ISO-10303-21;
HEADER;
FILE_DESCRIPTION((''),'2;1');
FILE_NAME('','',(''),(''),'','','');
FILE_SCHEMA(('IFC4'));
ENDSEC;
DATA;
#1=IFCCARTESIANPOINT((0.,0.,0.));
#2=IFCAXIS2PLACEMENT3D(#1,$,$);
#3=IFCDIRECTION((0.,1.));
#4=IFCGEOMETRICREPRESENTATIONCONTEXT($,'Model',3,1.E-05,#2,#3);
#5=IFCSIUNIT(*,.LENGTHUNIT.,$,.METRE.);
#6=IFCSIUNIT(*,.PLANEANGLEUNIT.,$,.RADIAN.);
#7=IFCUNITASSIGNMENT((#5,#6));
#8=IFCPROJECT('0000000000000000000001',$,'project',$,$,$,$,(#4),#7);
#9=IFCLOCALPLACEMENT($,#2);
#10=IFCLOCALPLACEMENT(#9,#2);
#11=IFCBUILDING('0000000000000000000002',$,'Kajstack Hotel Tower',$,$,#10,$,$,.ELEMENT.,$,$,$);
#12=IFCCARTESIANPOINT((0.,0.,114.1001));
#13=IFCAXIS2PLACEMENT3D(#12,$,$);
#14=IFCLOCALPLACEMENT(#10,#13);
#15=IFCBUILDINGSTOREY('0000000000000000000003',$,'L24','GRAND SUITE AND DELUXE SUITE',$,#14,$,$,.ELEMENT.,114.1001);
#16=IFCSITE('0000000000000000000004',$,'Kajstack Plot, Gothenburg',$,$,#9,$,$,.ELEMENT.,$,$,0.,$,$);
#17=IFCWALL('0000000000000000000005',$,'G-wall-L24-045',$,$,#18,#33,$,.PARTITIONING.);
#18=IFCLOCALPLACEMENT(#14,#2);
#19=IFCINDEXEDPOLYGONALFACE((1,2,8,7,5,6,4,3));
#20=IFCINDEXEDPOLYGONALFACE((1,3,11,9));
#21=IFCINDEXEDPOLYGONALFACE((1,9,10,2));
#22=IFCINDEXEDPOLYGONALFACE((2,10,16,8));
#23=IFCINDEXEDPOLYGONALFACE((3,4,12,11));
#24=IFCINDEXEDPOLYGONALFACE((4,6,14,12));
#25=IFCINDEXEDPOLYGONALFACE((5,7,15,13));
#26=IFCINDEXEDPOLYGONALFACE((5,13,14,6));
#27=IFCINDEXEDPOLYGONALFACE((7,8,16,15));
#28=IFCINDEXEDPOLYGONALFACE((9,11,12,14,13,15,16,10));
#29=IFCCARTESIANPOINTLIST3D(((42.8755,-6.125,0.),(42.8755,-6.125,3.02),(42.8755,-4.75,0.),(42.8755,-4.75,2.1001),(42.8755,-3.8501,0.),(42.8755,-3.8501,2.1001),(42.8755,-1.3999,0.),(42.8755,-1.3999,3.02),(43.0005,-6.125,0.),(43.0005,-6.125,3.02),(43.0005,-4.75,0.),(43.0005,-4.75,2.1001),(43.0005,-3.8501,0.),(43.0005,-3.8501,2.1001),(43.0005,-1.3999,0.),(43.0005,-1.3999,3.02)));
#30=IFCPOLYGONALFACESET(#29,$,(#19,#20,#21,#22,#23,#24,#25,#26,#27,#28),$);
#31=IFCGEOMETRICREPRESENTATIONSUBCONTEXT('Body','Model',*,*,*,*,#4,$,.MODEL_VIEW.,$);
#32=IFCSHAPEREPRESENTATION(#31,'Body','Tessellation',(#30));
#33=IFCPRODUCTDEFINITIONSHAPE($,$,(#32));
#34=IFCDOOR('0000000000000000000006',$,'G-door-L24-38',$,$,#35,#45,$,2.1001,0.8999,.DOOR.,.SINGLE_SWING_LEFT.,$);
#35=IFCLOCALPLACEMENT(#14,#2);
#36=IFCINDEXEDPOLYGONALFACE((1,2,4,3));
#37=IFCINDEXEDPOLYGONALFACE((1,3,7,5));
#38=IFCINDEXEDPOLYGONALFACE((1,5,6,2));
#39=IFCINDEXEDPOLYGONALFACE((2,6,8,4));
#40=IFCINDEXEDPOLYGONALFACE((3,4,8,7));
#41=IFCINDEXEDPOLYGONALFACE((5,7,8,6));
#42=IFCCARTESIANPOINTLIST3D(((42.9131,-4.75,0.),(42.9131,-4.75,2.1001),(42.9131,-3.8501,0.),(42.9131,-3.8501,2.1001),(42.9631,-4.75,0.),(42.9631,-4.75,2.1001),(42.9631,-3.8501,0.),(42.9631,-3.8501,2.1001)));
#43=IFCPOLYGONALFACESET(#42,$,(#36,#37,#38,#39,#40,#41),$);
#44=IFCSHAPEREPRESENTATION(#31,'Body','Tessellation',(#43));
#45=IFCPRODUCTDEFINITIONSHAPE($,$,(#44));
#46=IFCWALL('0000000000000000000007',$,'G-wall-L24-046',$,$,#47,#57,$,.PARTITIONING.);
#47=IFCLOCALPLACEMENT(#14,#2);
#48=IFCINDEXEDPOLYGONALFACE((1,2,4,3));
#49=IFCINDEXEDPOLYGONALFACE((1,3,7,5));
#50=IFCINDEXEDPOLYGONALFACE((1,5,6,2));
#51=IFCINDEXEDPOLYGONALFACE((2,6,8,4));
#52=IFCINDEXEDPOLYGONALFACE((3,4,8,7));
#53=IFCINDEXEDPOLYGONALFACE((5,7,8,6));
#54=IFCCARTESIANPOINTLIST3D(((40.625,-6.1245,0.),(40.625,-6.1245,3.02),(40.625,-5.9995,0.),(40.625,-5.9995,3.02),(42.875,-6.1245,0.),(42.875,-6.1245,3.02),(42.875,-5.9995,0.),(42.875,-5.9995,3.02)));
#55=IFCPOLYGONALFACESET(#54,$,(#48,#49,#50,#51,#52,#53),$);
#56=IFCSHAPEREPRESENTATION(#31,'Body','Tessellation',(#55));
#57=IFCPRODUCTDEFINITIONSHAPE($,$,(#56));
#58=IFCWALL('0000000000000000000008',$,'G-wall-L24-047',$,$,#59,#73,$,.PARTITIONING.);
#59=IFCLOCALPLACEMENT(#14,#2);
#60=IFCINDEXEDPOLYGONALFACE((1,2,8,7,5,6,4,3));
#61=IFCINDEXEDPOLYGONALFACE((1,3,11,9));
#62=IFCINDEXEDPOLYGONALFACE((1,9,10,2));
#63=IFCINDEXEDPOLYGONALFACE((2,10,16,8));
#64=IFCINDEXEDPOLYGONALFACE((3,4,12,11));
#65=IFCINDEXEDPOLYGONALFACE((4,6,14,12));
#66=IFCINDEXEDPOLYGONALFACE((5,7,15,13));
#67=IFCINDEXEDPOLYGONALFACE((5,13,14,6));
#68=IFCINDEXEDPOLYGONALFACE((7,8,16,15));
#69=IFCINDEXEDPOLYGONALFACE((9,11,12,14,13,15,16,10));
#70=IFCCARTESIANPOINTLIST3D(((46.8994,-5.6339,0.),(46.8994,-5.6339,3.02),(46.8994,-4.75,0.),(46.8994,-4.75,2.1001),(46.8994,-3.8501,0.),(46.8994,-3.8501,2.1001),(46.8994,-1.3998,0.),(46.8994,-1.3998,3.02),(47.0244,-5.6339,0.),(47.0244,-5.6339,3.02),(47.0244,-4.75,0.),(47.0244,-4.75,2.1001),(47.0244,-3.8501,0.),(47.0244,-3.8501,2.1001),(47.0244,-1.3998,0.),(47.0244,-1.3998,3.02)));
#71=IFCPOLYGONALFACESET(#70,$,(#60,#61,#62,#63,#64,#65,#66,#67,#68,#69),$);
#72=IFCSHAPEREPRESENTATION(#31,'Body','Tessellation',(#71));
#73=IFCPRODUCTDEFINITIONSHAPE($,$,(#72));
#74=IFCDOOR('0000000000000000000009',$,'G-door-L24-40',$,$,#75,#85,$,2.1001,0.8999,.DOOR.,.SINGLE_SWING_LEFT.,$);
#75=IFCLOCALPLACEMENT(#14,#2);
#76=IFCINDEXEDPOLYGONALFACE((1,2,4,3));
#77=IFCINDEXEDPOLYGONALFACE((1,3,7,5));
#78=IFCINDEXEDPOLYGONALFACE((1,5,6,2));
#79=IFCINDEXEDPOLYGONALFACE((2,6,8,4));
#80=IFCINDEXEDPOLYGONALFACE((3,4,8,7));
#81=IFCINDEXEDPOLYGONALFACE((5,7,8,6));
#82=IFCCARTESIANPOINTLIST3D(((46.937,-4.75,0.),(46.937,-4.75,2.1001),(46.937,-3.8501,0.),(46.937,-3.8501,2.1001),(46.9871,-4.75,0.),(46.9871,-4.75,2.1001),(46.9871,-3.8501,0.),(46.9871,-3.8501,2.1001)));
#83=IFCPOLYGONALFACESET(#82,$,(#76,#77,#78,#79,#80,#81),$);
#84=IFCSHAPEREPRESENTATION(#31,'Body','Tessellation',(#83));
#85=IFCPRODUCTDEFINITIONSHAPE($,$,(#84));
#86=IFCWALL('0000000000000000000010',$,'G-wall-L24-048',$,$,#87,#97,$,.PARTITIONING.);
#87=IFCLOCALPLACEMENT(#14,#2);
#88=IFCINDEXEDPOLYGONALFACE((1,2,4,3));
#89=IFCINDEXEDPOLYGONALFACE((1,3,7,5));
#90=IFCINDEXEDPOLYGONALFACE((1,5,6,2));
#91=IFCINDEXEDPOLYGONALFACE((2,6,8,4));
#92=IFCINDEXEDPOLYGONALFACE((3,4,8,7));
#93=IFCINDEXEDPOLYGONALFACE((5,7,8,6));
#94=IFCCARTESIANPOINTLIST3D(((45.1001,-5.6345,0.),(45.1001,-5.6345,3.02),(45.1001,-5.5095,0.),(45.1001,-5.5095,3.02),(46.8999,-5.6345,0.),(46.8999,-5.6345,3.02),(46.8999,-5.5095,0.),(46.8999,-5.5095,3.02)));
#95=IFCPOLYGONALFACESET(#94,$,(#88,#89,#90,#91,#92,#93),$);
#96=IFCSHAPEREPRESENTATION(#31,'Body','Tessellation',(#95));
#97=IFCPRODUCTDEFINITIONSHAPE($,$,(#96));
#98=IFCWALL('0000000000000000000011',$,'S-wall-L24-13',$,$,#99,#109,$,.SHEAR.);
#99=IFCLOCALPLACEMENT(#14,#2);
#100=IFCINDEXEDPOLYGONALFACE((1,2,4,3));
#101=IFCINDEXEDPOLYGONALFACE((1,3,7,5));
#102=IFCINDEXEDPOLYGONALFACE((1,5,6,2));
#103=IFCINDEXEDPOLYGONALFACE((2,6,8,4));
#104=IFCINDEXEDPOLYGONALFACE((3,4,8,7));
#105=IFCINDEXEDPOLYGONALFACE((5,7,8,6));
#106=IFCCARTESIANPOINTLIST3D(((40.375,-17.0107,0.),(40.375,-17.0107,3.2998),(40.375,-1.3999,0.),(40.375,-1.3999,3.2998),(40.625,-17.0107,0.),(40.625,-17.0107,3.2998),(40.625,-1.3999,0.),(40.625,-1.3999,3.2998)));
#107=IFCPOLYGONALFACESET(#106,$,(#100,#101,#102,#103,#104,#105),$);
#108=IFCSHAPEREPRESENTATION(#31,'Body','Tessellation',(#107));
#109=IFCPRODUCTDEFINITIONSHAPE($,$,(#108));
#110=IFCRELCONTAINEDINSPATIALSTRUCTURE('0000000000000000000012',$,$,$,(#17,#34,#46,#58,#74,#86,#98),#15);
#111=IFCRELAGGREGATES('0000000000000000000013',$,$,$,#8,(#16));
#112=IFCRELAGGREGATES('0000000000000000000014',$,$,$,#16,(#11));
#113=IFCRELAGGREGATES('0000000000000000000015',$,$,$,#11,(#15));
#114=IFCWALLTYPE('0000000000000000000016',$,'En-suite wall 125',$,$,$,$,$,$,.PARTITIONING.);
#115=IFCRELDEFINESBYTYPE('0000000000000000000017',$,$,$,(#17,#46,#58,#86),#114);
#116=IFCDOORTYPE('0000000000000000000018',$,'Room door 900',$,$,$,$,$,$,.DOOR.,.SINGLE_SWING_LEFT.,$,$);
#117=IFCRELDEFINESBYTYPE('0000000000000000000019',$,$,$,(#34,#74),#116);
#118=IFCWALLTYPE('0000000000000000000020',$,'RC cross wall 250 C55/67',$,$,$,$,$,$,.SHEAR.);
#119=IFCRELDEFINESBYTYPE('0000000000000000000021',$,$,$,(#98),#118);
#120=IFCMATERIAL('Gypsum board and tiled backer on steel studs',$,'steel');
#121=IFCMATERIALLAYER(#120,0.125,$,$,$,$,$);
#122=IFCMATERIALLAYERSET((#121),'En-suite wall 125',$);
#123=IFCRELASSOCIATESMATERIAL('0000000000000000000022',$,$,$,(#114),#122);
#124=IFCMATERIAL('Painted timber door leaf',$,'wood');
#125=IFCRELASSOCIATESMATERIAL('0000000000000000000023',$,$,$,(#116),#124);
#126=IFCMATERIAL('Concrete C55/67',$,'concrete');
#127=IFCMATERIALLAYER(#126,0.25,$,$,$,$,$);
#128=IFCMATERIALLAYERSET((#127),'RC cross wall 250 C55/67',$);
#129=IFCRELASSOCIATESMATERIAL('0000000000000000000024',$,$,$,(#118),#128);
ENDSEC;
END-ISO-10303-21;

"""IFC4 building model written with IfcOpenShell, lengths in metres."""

from ifc_helpers import new_model, si_unit, direction, frame, frame_2d, origin, place, context, subcontext, project, spatial, rectangle, extrude, material, layer, layer_set, type_object, element, fill, save


model = new_model("IFC4")

# Units and contexts
model_context = context("Model", 3, precision=1e-05, world=origin(), true_north=direction((0.0, 1.0)))
body_context = subcontext(model_context, "Body", "Model", "MODEL_VIEW")
ifc_project = project(units=[si_unit("LENGTHUNIT", "METRE"), si_unit("PLANEANGLEUNIT", "RADIAN")], contexts=[model_context])

# Site, building, storey
site_placement = place(None, origin())
site = spatial("IfcSite", under=ifc_project, at=site_placement, Name="Kajstack Plot, Gothenburg", CompositionType="ELEMENT", RefElevation=0.0)
building_placement = place(site_placement, origin())
building = spatial("IfcBuilding", under=site, at=building_placement, Name="Kajstack Hotel Tower", CompositionType="ELEMENT")
storey_placement = place(building_placement, frame((0.0, 0.0, 114.1001)))
storey = spatial("IfcBuildingStorey", under=building, at=storey_placement, Name="L24", Description="GRAND SUITE AND DELUXE SUITE", CompositionType="ELEMENT", Elevation=114.1001)

# Wall, opening, door
ifc_material_1 = material(Name="Gypsum board and tiled backer on steel studs", Category="steel")
ifc_layer_1 = layer(ifc_material_1, 0.125)
ifc_layer_set_1 = layer_set([ifc_layer_1], Name="En-suite wall 125")
wall_type_1 = type_object("IfcWallType", Name="En-suite wall 125", PredefinedType="PARTITIONING", material=ifc_layer_set_1)
wall_1_placement = place(storey_placement, frame((42.938, -6.125, 0.0), z_axis=(0.0, 0.0, 1.0), x_axis=(0.0, 1.0, 0.0)))
wall_1 = element("IfcWall", 1, at=wall_1_placement, inside=storey, type_object=wall_type_1, Name="G-wall-L24-045", PredefinedType="PARTITIONING", context=body_context, shape_type="SweptSolid", body=[
    extrude(rectangle(XDim=4.7251, YDim=0.125, at=frame_2d((2.3625, 0.0))), origin(), (0.0, 0.0, 1.0), 3.02),
])
opening_1_placement = place(wall_1_placement, frame((1.375, 0.0, 0.0)))
opening_1 = element("IfcOpeningElement", 2, at=opening_1_placement, cuts=wall_1, PredefinedType="OPENING", context=body_context, shape_type="SweptSolid", body=[
    extrude(rectangle(XDim=0.8999, YDim=2.1001, at=frame_2d((0.45, 1.05))), frame((0.0, 0.0725, 0.0), z_axis=(0.0, -1.0, 0.0), x_axis=(1.0, 0.0, 0.0)), (0.0, 0.0, 1.0), 0.145),
])
ifc_material_2 = material(Name="Painted timber door leaf", Category="wood")
door_type = type_object("IfcDoorType", Name="Room door 900", OperationType="SINGLE_SWING_LEFT", PredefinedType="DOOR", material=ifc_material_2)
door_1_placement = place(opening_1_placement, origin())
door_1 = element("IfcDoor", 3, at=door_1_placement, inside=storey, type_object=door_type, Name="G-door-L24-38", OperationType="SINGLE_SWING_LEFT", OverallHeight=2.1001, OverallWidth=0.8999, PredefinedType="DOOR", context=body_context, shape_type="SweptSolid", body=[
    extrude(rectangle(XDim=0.8999, YDim=2.1001, at=frame_2d((0.45, 1.05))), frame((0.0, 0.0249, 0.0), z_axis=(0.0, -1.0, 0.0), x_axis=(1.0, 0.0, 0.0)), (0.0, 0.0, 1.0), 0.05),
])
fill(opening_1, door_1)

# Wall
wall_2_placement = place(storey_placement, frame((40.625, -6.062, 0.0), z_axis=(0.0, 0.0, 1.0), x_axis=(1.0, 0.0, 0.0)))
element("IfcWall", 4, at=wall_2_placement, inside=storey, type_object=wall_type_1, Name="G-wall-L24-046", PredefinedType="PARTITIONING", context=body_context, shape_type="SweptSolid", body=[
    extrude(rectangle(XDim=2.25, YDim=0.125, at=frame_2d((1.125, 0.0))), origin(), (0.0, 0.0, 1.0), 3.02),
])

# Wall, opening, door
wall_3_placement = place(storey_placement, frame((46.9619, -5.634, 0.0), z_axis=(0.0, 0.0, 1.0), x_axis=(0.0, 1.0, 0.0)))
wall_3 = element("IfcWall", 5, at=wall_3_placement, inside=storey, type_object=wall_type_1, Name="G-wall-L24-047", PredefinedType="PARTITIONING", context=body_context, shape_type="SweptSolid", body=[
    extrude(rectangle(XDim=4.2341, YDim=0.125, at=frame_2d((2.1172, 0.0))), origin(), (0.0, 0.0, 1.0), 3.02),
])
opening_2_placement = place(wall_3_placement, frame((0.884, 0.0, 0.0)))
opening_2 = element("IfcOpeningElement", 6, at=opening_2_placement, cuts=wall_3, PredefinedType="OPENING", context=body_context, shape_type="SweptSolid", body=[
    extrude(rectangle(XDim=0.8999, YDim=2.1001, at=frame_2d((0.45, 1.05))), frame((0.0, 0.0725, 0.0), z_axis=(0.0, -1.0, 0.0), x_axis=(1.0, 0.0, 0.0)), (0.0, 0.0, 1.0), 0.145),
])
door_2_placement = place(opening_2_placement, origin())
door_2 = element("IfcDoor", 7, at=door_2_placement, inside=storey, type_object=door_type, Name="G-door-L24-40", OperationType="SINGLE_SWING_LEFT", OverallHeight=2.1001, OverallWidth=0.8999, PredefinedType="DOOR", context=body_context, shape_type="SweptSolid", body=[
    extrude(rectangle(XDim=0.8999, YDim=2.1001, at=frame_2d((0.45, 1.05))), frame((0.0, 0.0249, 0.0), z_axis=(0.0, -1.0, 0.0), x_axis=(1.0, 0.0, 0.0)), (0.0, 0.0, 1.0), 0.05),
])
fill(opening_2, door_2)

# Walls
wall_4_placement = place(storey_placement, frame((45.1001, -5.572, 0.0), z_axis=(0.0, 0.0, 1.0), x_axis=(1.0, 0.0, 0.0)))
element("IfcWall", 8, at=wall_4_placement, inside=storey, type_object=wall_type_1, Name="G-wall-L24-048", PredefinedType="PARTITIONING", context=body_context, shape_type="SweptSolid", body=[
    extrude(rectangle(XDim=1.7998, YDim=0.125, at=frame_2d((0.8999, 0.0))), origin(), (0.0, 0.0, 1.0), 3.02),
])
ifc_material_3 = material(Name="Concrete C55/67", Category="concrete")
ifc_layer_2 = layer(ifc_material_3, 0.25)
ifc_layer_set_2 = layer_set([ifc_layer_2], Name="RC cross wall 250 C55/67")
wall_type_2 = type_object("IfcWallType", Name="RC cross wall 250 C55/67", PredefinedType="SHEAR", material=ifc_layer_set_2)
wall_5_placement = place(storey_placement, frame((40.5, -17.0107, 0.0), z_axis=(0.0, 0.0, 1.0), x_axis=(0.0, 1.0, 0.0)))
element("IfcWall", 9, at=wall_5_placement, inside=storey, type_object=wall_type_2, Name="S-wall-L24-13", PredefinedType="SHEAR", context=body_context, shape_type="SweptSolid", body=[
    extrude(rectangle(XDim=15.6108, YDim=0.25, at=frame_2d((7.8054, 0.0))), origin(), (0.0, 0.0, 1.0), 3.2998),
])

save(model, "model.ifc")
